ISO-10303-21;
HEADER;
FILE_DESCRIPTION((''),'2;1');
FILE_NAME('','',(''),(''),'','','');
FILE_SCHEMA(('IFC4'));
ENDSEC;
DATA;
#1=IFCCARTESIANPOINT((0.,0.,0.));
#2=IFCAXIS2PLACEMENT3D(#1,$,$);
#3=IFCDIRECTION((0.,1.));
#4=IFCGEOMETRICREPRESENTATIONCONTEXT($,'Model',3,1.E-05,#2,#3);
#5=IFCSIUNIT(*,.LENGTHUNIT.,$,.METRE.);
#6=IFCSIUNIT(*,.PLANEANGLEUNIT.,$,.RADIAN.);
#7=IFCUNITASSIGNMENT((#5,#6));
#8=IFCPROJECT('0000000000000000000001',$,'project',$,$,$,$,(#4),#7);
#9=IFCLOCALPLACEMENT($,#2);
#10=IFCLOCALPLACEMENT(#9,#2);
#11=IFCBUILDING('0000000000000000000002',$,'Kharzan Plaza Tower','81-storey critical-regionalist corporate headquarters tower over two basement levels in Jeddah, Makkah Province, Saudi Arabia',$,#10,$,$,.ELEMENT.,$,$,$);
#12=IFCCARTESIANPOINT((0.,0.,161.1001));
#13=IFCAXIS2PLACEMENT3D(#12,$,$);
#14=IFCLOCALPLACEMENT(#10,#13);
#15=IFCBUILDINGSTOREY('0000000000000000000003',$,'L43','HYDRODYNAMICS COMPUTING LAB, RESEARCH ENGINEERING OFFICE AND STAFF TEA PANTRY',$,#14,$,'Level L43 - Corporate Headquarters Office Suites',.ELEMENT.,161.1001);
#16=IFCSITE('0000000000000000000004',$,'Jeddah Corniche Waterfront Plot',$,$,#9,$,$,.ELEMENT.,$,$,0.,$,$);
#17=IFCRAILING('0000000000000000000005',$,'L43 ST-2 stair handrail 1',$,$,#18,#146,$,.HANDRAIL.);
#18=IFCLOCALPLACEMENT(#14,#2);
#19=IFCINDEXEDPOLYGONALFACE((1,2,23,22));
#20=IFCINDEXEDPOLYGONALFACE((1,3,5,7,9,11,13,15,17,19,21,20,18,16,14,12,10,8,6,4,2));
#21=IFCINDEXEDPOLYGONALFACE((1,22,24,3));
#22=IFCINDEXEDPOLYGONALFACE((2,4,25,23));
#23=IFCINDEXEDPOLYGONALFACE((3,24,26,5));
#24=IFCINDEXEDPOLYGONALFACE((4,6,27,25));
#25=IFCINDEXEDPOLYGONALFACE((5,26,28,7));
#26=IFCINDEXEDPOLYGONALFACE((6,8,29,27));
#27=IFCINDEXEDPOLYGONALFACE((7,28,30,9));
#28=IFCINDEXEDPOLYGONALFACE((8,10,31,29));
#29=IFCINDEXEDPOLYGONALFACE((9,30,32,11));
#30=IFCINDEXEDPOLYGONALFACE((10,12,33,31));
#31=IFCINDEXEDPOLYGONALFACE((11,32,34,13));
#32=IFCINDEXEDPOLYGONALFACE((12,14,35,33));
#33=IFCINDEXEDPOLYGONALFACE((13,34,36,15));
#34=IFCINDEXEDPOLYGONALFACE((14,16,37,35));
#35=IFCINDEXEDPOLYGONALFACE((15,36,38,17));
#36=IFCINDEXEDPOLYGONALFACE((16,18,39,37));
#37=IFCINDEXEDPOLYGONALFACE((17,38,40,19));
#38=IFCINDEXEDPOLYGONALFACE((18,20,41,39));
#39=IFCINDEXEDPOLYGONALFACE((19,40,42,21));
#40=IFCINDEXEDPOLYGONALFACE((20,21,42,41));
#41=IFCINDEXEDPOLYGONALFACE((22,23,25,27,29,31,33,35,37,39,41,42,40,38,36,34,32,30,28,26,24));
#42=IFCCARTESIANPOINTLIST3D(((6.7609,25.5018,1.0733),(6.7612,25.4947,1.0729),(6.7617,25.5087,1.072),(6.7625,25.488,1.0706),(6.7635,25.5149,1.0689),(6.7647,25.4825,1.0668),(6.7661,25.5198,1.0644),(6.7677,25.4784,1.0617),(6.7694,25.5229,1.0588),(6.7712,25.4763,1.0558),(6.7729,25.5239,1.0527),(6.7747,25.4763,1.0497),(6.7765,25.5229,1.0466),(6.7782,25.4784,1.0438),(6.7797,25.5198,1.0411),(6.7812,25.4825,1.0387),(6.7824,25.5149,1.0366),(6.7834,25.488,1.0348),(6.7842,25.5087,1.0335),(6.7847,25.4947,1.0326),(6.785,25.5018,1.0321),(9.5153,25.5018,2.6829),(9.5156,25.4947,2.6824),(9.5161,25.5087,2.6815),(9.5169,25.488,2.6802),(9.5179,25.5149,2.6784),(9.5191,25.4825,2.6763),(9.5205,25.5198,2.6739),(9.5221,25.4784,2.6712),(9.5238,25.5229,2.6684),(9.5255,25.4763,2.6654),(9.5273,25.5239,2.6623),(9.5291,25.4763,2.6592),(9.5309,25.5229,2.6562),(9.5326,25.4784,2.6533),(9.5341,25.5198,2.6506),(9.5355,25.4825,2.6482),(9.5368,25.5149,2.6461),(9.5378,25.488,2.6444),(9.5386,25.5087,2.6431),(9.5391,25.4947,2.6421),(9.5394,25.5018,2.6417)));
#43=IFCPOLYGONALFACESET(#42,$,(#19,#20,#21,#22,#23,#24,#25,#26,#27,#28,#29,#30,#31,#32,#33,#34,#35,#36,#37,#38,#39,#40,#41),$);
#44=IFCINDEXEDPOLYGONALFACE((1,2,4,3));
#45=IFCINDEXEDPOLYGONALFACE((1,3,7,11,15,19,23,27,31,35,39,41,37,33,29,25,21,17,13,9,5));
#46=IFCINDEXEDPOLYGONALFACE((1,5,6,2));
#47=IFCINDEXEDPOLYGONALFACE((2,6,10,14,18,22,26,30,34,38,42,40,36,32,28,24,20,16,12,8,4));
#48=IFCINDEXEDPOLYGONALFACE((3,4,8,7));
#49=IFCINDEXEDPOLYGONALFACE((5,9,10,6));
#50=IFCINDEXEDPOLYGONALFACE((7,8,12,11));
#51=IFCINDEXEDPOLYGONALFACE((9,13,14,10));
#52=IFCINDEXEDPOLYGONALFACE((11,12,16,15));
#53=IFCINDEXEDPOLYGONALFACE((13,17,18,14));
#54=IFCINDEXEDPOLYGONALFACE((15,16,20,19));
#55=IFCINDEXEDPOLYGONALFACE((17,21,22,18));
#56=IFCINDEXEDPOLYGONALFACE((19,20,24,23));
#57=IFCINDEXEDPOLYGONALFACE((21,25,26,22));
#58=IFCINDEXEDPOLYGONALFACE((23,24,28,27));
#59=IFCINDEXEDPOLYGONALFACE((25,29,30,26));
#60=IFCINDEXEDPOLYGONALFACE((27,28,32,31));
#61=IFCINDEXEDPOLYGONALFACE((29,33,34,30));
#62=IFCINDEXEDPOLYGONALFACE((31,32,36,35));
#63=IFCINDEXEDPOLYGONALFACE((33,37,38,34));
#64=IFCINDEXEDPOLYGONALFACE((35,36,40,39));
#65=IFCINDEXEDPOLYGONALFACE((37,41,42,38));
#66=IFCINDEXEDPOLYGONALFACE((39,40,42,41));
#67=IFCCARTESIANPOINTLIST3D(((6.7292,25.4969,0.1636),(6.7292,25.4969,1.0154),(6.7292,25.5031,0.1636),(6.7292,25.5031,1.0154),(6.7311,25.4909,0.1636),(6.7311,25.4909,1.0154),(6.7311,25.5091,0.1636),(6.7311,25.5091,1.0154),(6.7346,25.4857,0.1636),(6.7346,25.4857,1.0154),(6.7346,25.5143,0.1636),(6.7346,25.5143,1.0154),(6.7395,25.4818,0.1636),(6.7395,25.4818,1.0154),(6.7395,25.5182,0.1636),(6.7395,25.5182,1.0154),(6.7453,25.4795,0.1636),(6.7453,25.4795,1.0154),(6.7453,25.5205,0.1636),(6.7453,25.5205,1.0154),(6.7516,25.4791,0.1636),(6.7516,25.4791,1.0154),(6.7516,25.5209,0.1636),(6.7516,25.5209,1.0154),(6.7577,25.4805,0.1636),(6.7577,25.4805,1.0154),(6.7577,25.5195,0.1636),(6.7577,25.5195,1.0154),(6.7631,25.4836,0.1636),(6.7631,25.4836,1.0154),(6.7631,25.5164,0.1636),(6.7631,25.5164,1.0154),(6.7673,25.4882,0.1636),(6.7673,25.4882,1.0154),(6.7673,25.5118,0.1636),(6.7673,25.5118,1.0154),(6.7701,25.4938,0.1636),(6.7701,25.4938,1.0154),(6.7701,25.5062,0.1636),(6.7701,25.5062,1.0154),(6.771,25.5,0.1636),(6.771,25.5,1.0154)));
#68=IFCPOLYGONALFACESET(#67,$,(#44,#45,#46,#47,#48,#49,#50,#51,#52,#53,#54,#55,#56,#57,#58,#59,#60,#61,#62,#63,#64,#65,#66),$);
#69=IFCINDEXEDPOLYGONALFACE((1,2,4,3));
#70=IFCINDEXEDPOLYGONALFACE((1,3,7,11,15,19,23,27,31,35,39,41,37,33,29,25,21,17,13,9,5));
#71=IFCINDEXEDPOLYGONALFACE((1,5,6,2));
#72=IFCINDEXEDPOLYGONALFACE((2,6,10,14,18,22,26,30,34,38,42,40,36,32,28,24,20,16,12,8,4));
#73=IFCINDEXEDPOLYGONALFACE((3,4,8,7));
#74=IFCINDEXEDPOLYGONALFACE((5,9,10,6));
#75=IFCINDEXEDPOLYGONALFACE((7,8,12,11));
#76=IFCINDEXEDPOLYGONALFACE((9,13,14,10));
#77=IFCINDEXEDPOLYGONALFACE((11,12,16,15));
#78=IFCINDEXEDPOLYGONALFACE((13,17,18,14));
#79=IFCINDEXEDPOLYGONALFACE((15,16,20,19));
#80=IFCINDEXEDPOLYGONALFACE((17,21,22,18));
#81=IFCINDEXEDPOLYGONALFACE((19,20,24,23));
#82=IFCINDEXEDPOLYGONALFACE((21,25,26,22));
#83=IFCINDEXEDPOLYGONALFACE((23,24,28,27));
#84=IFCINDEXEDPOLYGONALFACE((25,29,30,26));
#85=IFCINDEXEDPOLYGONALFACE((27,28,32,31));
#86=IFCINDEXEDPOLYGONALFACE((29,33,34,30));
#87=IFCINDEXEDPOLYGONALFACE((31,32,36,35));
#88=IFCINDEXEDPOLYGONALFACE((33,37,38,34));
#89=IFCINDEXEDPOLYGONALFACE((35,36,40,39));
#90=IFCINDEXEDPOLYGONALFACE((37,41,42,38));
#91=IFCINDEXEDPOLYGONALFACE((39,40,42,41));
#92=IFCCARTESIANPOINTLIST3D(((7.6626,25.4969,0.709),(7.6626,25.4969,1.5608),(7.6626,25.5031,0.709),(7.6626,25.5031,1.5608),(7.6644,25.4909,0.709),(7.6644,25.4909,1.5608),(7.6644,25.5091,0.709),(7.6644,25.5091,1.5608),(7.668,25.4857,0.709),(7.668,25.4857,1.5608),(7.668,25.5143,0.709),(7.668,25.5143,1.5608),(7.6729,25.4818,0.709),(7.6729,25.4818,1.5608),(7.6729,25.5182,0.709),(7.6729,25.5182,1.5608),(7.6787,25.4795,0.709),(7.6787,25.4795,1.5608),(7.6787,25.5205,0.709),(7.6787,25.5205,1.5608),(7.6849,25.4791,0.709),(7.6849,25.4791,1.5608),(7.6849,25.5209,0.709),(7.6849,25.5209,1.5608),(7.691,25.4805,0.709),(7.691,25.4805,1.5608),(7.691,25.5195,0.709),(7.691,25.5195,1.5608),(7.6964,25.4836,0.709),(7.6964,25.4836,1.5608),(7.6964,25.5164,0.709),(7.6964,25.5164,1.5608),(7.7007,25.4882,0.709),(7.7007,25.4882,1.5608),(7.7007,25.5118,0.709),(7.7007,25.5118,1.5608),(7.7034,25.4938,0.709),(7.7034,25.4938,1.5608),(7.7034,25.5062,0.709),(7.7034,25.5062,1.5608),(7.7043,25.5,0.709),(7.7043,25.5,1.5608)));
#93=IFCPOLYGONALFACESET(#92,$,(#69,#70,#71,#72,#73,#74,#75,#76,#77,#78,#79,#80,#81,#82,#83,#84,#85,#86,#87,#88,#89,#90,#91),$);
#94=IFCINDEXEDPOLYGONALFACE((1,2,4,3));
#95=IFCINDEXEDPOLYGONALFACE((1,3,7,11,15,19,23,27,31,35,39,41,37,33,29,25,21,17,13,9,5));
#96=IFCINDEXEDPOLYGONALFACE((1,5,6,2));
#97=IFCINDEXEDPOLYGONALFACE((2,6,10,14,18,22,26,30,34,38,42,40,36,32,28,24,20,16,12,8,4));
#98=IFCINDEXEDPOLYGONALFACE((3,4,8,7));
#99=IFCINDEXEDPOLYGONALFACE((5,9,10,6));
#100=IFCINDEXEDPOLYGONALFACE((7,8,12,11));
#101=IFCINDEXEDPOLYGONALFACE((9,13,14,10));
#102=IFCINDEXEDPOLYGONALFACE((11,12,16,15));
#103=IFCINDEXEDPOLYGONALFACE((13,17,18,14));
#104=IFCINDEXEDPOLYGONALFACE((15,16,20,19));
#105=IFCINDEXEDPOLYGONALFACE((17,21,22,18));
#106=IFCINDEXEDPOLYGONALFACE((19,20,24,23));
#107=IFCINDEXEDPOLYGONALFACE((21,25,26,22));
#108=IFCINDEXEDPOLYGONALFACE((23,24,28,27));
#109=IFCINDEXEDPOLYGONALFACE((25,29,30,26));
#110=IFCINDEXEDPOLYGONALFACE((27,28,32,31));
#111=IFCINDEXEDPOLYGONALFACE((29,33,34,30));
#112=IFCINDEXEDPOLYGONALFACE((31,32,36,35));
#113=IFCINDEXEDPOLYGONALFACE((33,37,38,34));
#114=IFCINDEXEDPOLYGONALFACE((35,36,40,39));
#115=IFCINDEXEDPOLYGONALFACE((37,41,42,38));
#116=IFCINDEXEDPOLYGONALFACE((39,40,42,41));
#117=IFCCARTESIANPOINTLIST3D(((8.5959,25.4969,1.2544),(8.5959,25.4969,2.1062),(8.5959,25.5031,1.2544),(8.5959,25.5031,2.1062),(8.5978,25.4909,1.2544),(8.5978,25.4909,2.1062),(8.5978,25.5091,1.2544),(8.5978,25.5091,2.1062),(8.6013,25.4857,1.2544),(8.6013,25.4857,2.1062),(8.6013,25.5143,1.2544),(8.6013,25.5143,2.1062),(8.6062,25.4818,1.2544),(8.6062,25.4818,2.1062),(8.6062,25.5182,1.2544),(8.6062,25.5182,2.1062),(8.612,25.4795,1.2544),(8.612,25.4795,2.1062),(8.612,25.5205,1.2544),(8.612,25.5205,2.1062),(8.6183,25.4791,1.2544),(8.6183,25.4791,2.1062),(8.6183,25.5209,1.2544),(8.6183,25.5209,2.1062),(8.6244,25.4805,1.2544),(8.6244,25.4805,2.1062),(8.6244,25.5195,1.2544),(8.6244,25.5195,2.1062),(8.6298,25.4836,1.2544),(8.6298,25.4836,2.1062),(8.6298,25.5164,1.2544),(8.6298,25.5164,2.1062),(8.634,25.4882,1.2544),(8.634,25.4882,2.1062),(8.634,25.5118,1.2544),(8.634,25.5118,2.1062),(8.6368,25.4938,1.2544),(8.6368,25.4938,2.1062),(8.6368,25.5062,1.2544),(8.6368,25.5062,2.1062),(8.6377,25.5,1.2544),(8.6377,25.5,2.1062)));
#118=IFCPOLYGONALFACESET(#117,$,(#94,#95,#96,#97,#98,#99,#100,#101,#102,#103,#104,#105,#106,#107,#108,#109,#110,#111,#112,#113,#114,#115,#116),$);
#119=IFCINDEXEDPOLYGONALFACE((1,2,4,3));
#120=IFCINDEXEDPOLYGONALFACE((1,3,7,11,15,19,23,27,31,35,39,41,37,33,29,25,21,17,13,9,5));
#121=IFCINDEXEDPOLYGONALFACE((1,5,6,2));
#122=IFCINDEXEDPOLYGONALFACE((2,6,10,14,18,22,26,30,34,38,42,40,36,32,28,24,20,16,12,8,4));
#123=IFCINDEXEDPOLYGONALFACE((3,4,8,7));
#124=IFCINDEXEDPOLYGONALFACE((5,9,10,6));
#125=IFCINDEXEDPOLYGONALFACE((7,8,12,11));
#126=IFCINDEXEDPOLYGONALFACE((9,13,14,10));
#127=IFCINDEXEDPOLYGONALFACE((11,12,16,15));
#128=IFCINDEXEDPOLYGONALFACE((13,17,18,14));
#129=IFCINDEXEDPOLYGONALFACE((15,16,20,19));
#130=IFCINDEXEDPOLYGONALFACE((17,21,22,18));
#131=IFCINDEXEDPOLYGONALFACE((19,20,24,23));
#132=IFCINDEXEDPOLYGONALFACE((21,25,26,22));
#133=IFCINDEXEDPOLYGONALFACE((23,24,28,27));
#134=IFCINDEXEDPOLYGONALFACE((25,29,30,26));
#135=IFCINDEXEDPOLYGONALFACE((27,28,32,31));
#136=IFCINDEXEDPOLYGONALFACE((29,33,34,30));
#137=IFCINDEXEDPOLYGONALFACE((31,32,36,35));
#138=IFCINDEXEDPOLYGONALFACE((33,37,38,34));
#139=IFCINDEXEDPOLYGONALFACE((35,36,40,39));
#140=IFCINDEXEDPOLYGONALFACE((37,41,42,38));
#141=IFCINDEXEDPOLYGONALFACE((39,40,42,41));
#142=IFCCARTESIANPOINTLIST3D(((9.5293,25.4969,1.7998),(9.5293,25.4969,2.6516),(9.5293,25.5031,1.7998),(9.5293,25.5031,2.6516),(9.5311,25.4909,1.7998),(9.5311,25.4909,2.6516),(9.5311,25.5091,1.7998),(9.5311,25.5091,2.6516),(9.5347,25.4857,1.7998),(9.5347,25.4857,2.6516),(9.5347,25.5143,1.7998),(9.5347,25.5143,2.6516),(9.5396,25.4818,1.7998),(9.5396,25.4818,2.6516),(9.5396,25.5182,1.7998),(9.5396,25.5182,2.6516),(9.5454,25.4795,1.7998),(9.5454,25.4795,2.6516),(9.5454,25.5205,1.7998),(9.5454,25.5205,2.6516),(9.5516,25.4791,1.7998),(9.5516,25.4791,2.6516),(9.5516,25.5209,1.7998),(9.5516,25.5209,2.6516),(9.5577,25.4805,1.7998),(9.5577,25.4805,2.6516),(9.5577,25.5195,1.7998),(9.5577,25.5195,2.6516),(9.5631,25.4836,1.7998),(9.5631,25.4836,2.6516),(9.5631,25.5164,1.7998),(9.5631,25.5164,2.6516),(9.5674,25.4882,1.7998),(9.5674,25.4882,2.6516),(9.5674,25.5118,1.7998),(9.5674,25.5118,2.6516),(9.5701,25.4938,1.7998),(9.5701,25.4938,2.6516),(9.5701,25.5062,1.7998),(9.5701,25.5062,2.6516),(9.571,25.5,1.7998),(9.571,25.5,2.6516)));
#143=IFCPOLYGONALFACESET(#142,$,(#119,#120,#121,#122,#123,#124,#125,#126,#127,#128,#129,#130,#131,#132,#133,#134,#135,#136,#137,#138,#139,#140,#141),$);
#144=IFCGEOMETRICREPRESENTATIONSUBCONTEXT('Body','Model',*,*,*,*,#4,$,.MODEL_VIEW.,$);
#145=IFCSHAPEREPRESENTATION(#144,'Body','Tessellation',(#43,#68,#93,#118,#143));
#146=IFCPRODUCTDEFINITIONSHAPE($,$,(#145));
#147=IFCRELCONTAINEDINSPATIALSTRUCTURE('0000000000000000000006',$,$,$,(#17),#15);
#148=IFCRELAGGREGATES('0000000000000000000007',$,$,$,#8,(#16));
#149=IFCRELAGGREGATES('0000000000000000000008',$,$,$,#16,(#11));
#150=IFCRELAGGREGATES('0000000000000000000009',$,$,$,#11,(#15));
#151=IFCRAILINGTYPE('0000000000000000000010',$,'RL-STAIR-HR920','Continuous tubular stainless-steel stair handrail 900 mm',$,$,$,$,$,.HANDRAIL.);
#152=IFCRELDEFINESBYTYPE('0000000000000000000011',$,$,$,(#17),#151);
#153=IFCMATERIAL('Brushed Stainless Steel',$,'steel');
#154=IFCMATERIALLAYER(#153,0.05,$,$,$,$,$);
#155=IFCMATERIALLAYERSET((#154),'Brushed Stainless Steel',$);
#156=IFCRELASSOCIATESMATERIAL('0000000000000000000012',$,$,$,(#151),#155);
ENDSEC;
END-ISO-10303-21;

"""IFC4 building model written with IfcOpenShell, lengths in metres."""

from ifc_helpers import new_model, si_unit, direction, frame, origin, origin_2d, place, context, subcontext, project, spatial, circle, extrude, source, transform, mapped, material, layer, layer_set, type_object, element, save


model = new_model("IFC4")

# Units and contexts
model_context = context("Model", 3, precision=1e-05, world=origin(), true_north=direction((0.0, 1.0)))
body_context = subcontext(model_context, "Body", "Model", "MODEL_VIEW")
ifc_project = project(units=[si_unit("LENGTHUNIT", "METRE"), si_unit("PLANEANGLEUNIT", "RADIAN")], contexts=[model_context])

# Site, building, storey
site_placement = place(None, origin())
site = spatial("IfcSite", under=ifc_project, at=site_placement, Name="Jeddah Corniche Waterfront Plot", CompositionType="ELEMENT", RefElevation=0.0)
building_placement = place(site_placement, origin())
building = spatial("IfcBuilding", under=site, at=building_placement, Name="Kharzan Plaza Tower", Description="81-storey critical-regionalist corporate headquarters tower over two basement levels in Jeddah, Makkah Province, Saudi Arabia", CompositionType="ELEMENT")
storey_placement = place(building_placement, frame((0.0, 0.0, 161.1001)))
storey = spatial("IfcBuildingStorey", under=building, at=storey_placement, Name="L43", Description="HYDRODYNAMICS COMPUTING LAB, RESEARCH ENGINEERING OFFICE AND STAFF TEA PANTRY", LongName="Level L43 - Corporate Headquarters Office Suites", CompositionType="ELEMENT", Elevation=161.1001)

# Railing
ifc_material_1 = material(Name="Brushed Stainless Steel", Category="steel")
ifc_layer_1 = layer(ifc_material_1, 0.05)
ifc_layer_set_1 = layer_set([ifc_layer_1], Name="Brushed Stainless Steel")
railing_type_1 = type_object("IfcRailingType", Name="RL-STAIR-HR920", Description="Continuous tubular stainless-steel stair handrail 900 mm", PredefinedType="HANDRAIL", material=ifc_layer_set_1)
shared_shape_1 = source(origin(), body_context, "Body", "SweptSolid", [
    extrude(circle(Radius=0.0239, at=origin_2d()), frame((0.0229, 0.0, 0.8892), z_axis=(0.863394, 0.0, 0.504531), x_axis=(0.0, 1.0, 0.0)), (0.0, 0.0, 1.0), 3.1902),
    extrude(circle(Radius=0.021, at=origin_2d()), origin(), (0.0, 0.0, 1.0), 0.8518),
    extrude(circle(Radius=0.021, at=origin_2d()), frame((0.9333, 0.0, 0.5454)), (0.0, 0.0, 1.0), 0.8518),
    extrude(circle(Radius=0.021, at=origin_2d()), frame((1.8667, 0.0, 1.0908)), (0.0, 0.0, 1.0), 0.8518),
    extrude(circle(Radius=0.021, at=origin_2d()), frame((2.8, 0.0, 1.6362)), (0.0, 0.0, 1.0), 0.8518),
])
railing_1_placement = place(storey_placement, frame((6.75, 25.5, 0.1636)))
element("IfcRailing", 1, at=railing_1_placement, inside=storey, type_object=railing_type_1, Name="L43 ST-2 stair handrail 1", PredefinedType="HANDRAIL", context=body_context, shape_type="MappedRepresentation", body=[
    mapped(shared_shape_1, transform((0.0, 0.0, 0.0), x_axis=(1.0, 0.0, 0.0), y_axis=(0.0, 1.0, 0.0), z_axis=(0.0, 0.0, 1.0))),
])

save(model, "model.ifc")
